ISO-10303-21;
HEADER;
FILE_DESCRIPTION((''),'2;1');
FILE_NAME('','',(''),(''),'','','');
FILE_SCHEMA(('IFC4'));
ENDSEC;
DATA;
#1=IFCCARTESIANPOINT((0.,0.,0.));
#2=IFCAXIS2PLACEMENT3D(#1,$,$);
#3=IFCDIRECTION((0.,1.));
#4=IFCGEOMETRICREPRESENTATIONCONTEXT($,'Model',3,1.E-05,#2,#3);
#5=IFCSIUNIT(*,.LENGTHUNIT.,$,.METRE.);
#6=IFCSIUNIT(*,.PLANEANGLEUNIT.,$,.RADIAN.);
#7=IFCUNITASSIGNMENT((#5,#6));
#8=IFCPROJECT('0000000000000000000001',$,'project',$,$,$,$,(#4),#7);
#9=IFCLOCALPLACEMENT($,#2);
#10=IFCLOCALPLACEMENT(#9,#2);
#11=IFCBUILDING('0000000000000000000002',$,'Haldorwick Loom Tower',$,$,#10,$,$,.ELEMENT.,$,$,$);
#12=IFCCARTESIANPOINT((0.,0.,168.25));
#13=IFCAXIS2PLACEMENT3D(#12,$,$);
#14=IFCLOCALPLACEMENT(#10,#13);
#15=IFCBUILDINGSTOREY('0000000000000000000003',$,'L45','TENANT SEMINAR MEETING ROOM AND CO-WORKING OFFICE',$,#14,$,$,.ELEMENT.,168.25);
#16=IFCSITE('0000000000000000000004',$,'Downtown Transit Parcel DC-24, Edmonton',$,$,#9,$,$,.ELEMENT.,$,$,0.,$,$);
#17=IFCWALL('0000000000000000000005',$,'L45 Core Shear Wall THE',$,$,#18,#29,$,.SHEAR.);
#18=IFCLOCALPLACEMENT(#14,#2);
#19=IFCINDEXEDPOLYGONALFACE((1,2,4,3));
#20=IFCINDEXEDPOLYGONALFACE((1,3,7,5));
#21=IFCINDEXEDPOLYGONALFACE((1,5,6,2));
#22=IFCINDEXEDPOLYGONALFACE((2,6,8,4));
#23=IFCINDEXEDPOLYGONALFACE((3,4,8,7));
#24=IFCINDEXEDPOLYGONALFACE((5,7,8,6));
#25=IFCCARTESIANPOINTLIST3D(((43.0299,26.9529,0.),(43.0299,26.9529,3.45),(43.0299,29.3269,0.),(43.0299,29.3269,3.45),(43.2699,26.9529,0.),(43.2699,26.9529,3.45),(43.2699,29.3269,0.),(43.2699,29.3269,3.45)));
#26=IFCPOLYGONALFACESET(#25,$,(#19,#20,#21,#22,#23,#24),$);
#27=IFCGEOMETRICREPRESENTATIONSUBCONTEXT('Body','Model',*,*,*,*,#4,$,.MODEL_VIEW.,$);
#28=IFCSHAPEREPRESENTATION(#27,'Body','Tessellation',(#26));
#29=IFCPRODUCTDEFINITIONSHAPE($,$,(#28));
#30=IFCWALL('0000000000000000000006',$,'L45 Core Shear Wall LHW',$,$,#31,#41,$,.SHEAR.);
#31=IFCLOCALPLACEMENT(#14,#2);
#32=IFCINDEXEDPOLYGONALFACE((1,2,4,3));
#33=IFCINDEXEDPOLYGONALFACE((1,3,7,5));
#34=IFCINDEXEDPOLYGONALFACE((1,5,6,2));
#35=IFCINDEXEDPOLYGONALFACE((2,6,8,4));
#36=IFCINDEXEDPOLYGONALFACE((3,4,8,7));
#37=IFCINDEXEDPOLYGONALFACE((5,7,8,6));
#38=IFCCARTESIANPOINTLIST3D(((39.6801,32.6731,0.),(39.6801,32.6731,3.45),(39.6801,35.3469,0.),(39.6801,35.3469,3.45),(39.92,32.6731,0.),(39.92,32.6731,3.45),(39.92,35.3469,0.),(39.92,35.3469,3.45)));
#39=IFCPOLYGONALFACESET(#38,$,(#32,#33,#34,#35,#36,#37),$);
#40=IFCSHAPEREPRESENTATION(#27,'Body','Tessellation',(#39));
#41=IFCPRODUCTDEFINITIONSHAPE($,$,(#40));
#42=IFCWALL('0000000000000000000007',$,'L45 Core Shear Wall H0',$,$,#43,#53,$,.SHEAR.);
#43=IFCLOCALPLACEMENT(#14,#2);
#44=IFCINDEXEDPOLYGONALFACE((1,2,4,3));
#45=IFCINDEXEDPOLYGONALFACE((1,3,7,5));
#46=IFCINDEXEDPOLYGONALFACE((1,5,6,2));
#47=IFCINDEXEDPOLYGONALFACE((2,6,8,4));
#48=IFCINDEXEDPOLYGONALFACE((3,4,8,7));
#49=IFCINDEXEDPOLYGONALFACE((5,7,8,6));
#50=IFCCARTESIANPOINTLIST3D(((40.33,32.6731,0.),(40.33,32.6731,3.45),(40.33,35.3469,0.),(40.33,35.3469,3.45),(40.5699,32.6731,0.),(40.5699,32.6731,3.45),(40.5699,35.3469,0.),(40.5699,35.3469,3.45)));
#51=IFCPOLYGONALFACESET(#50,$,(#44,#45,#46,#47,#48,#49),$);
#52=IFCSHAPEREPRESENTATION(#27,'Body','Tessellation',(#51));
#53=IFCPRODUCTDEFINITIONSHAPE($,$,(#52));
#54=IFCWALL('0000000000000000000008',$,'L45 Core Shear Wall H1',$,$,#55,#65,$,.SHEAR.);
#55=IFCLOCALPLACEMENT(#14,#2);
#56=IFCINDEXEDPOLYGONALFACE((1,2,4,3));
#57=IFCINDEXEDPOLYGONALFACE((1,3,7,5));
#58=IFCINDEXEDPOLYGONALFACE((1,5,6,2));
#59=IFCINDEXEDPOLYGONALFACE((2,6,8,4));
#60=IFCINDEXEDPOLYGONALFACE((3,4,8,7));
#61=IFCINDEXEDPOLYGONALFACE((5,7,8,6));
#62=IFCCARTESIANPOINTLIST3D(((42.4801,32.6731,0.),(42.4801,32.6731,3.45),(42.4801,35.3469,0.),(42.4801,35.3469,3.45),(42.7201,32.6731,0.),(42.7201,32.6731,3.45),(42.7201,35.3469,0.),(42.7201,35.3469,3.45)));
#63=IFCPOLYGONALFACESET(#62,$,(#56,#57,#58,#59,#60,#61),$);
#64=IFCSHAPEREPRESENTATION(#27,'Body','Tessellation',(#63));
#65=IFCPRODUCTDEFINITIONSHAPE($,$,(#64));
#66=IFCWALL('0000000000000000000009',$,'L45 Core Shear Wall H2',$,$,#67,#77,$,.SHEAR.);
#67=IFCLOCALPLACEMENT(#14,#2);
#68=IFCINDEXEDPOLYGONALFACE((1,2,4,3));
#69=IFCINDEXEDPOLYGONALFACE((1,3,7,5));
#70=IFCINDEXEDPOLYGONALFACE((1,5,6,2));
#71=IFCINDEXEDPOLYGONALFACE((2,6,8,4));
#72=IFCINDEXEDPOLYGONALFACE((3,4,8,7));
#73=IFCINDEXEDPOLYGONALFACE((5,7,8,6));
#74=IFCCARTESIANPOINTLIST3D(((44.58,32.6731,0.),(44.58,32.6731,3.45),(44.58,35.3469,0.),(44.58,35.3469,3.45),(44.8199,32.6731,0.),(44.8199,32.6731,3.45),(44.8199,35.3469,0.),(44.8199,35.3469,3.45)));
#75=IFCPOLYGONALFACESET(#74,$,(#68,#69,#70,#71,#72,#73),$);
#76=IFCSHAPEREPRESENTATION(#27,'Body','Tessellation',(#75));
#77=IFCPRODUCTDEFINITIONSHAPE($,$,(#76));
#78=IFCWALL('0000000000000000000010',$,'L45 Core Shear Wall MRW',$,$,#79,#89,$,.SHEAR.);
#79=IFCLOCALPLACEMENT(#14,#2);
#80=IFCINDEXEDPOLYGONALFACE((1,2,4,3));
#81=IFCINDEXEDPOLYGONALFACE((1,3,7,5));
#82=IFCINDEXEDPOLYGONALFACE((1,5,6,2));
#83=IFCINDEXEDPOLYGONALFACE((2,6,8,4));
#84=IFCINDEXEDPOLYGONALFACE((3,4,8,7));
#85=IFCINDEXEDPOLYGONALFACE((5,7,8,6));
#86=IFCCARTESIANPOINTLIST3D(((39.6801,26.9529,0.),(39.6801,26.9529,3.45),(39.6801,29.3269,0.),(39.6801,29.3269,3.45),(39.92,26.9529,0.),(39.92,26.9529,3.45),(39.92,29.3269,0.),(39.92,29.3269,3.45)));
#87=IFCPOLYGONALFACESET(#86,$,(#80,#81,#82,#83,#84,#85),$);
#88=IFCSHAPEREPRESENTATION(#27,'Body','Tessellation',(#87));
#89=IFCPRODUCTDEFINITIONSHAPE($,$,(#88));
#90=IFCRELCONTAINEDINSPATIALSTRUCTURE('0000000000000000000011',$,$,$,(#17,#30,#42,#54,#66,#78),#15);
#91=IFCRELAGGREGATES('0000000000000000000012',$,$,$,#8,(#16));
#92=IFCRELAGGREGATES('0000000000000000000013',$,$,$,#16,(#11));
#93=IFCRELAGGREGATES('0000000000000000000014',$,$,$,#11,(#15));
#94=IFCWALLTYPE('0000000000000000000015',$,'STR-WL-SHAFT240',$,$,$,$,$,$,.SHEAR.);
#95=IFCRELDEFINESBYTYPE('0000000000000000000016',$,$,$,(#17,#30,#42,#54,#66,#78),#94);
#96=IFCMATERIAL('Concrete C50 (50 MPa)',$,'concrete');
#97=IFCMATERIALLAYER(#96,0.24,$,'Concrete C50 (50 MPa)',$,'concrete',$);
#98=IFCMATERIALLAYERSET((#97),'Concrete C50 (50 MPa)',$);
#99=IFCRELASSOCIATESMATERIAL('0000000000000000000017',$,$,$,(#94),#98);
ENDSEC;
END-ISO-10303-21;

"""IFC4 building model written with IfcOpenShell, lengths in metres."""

from ifc_helpers import new_model, si_unit, direction, frame, frame_2d, origin, place, context, subcontext, project, spatial, rectangle, extrude, material, layer, layer_set, type_object, element, save


model = new_model("IFC4")

# Units and contexts
model_context = context("Model", 3, precision=1e-05, world=origin(), true_north=direction((0.0, 1.0)))
body_context = subcontext(model_context, "Body", "Model", "MODEL_VIEW")
ifc_project = project(units=[si_unit("LENGTHUNIT", "METRE"), si_unit("PLANEANGLEUNIT", "RADIAN")], contexts=[model_context])

# Site, building, storey
site_placement = place(None, origin())
site = spatial("IfcSite", under=ifc_project, at=site_placement, Name="Downtown Transit Parcel DC-24, Edmonton", CompositionType="ELEMENT", RefElevation=0.0)
building_placement = place(site_placement, origin())
building = spatial("IfcBuilding", under=site, at=building_placement, Name="Haldorwick Loom Tower", CompositionType="ELEMENT")
storey_placement = place(building_placement, frame((0.0, 0.0, 168.25)))
storey = spatial("IfcBuildingStorey", under=building, at=storey_placement, Name="L45", Description="TENANT SEMINAR MEETING ROOM AND CO-WORKING OFFICE", CompositionType="ELEMENT", Elevation=168.25)

# Shared definitions
ifc_material_1 = material(Name="Concrete C50 (50 MPa)", Category="concrete")
ifc_layer_1 = layer(ifc_material_1, 0.24, Name="Concrete C50 (50 MPa)", Category="concrete")
ifc_layer_set_1 = layer_set([ifc_layer_1], Name="Concrete C50 (50 MPa)")
wall_type_1 = type_object("IfcWallType", Name="STR-WL-SHAFT240", PredefinedType="SHEAR", material=ifc_layer_set_1)

# Walls
for number, where, z_axis, x_axis, name in (
    (1, (43.1499, 26.9529, 0.0), (0.0, 0.0, 1.0), (0.0, 1.0, 0.0), "L45 Core Shear Wall THE"),
):
    element("IfcWall", number, at=place(storey_placement, frame(where, z_axis=z_axis, x_axis=x_axis)), inside=storey, type_object=wall_type_1, Name=name, PredefinedType="SHEAR", context=body_context, shape_type="SweptSolid", body=[
        extrude(rectangle(XDim=2.374, YDim=0.24, at=frame_2d((1.187, 0.0))), origin(), (0.0, 0.0, 1.0), 3.45),
    ])
for number, where, z_axis, x_axis, name in (
    (2, (39.8, 32.6731, 0.0), (0.0, 0.0, 1.0), (0.0, 1.0, 0.0), "L45 Core Shear Wall LHW"),
    (3, (40.45, 32.6731, 0.0), (0.0, 0.0, 1.0), (0.0, 1.0, 0.0), "L45 Core Shear Wall H0"),
    (4, (42.6001, 32.6731, 0.0), (0.0, 0.0, 1.0), (0.0, 1.0, 0.0), "L45 Core Shear Wall H1"),
    (5, (44.7, 32.6731, 0.0), (0.0, 0.0, 1.0), (0.0, 1.0, 0.0), "L45 Core Shear Wall H2"),
):
    element("IfcWall", number, at=place(storey_placement, frame(where, z_axis=z_axis, x_axis=x_axis)), inside=storey, type_object=wall_type_1, Name=name, PredefinedType="SHEAR", context=body_context, shape_type="SweptSolid", body=[
        extrude(rectangle(XDim=2.6738, YDim=0.24, at=frame_2d((1.3369, 0.0))), origin(), (0.0, 0.0, 1.0), 3.45),
    ])
wall_1_placement = place(storey_placement, frame((39.8, 26.9529, 0.0), z_axis=(0.0, 0.0, 1.0), x_axis=(0.0, 1.0, 0.0)))
element("IfcWall", 6, at=wall_1_placement, inside=storey, type_object=wall_type_1, Name="L45 Core Shear Wall MRW", PredefinedType="SHEAR", context=body_context, shape_type="SweptSolid", body=[
    extrude(rectangle(XDim=2.374, YDim=0.24, at=frame_2d((1.187, 0.0))), origin(), (0.0, 0.0, 1.0), 3.45),
])

save(model, "model.ifc")
